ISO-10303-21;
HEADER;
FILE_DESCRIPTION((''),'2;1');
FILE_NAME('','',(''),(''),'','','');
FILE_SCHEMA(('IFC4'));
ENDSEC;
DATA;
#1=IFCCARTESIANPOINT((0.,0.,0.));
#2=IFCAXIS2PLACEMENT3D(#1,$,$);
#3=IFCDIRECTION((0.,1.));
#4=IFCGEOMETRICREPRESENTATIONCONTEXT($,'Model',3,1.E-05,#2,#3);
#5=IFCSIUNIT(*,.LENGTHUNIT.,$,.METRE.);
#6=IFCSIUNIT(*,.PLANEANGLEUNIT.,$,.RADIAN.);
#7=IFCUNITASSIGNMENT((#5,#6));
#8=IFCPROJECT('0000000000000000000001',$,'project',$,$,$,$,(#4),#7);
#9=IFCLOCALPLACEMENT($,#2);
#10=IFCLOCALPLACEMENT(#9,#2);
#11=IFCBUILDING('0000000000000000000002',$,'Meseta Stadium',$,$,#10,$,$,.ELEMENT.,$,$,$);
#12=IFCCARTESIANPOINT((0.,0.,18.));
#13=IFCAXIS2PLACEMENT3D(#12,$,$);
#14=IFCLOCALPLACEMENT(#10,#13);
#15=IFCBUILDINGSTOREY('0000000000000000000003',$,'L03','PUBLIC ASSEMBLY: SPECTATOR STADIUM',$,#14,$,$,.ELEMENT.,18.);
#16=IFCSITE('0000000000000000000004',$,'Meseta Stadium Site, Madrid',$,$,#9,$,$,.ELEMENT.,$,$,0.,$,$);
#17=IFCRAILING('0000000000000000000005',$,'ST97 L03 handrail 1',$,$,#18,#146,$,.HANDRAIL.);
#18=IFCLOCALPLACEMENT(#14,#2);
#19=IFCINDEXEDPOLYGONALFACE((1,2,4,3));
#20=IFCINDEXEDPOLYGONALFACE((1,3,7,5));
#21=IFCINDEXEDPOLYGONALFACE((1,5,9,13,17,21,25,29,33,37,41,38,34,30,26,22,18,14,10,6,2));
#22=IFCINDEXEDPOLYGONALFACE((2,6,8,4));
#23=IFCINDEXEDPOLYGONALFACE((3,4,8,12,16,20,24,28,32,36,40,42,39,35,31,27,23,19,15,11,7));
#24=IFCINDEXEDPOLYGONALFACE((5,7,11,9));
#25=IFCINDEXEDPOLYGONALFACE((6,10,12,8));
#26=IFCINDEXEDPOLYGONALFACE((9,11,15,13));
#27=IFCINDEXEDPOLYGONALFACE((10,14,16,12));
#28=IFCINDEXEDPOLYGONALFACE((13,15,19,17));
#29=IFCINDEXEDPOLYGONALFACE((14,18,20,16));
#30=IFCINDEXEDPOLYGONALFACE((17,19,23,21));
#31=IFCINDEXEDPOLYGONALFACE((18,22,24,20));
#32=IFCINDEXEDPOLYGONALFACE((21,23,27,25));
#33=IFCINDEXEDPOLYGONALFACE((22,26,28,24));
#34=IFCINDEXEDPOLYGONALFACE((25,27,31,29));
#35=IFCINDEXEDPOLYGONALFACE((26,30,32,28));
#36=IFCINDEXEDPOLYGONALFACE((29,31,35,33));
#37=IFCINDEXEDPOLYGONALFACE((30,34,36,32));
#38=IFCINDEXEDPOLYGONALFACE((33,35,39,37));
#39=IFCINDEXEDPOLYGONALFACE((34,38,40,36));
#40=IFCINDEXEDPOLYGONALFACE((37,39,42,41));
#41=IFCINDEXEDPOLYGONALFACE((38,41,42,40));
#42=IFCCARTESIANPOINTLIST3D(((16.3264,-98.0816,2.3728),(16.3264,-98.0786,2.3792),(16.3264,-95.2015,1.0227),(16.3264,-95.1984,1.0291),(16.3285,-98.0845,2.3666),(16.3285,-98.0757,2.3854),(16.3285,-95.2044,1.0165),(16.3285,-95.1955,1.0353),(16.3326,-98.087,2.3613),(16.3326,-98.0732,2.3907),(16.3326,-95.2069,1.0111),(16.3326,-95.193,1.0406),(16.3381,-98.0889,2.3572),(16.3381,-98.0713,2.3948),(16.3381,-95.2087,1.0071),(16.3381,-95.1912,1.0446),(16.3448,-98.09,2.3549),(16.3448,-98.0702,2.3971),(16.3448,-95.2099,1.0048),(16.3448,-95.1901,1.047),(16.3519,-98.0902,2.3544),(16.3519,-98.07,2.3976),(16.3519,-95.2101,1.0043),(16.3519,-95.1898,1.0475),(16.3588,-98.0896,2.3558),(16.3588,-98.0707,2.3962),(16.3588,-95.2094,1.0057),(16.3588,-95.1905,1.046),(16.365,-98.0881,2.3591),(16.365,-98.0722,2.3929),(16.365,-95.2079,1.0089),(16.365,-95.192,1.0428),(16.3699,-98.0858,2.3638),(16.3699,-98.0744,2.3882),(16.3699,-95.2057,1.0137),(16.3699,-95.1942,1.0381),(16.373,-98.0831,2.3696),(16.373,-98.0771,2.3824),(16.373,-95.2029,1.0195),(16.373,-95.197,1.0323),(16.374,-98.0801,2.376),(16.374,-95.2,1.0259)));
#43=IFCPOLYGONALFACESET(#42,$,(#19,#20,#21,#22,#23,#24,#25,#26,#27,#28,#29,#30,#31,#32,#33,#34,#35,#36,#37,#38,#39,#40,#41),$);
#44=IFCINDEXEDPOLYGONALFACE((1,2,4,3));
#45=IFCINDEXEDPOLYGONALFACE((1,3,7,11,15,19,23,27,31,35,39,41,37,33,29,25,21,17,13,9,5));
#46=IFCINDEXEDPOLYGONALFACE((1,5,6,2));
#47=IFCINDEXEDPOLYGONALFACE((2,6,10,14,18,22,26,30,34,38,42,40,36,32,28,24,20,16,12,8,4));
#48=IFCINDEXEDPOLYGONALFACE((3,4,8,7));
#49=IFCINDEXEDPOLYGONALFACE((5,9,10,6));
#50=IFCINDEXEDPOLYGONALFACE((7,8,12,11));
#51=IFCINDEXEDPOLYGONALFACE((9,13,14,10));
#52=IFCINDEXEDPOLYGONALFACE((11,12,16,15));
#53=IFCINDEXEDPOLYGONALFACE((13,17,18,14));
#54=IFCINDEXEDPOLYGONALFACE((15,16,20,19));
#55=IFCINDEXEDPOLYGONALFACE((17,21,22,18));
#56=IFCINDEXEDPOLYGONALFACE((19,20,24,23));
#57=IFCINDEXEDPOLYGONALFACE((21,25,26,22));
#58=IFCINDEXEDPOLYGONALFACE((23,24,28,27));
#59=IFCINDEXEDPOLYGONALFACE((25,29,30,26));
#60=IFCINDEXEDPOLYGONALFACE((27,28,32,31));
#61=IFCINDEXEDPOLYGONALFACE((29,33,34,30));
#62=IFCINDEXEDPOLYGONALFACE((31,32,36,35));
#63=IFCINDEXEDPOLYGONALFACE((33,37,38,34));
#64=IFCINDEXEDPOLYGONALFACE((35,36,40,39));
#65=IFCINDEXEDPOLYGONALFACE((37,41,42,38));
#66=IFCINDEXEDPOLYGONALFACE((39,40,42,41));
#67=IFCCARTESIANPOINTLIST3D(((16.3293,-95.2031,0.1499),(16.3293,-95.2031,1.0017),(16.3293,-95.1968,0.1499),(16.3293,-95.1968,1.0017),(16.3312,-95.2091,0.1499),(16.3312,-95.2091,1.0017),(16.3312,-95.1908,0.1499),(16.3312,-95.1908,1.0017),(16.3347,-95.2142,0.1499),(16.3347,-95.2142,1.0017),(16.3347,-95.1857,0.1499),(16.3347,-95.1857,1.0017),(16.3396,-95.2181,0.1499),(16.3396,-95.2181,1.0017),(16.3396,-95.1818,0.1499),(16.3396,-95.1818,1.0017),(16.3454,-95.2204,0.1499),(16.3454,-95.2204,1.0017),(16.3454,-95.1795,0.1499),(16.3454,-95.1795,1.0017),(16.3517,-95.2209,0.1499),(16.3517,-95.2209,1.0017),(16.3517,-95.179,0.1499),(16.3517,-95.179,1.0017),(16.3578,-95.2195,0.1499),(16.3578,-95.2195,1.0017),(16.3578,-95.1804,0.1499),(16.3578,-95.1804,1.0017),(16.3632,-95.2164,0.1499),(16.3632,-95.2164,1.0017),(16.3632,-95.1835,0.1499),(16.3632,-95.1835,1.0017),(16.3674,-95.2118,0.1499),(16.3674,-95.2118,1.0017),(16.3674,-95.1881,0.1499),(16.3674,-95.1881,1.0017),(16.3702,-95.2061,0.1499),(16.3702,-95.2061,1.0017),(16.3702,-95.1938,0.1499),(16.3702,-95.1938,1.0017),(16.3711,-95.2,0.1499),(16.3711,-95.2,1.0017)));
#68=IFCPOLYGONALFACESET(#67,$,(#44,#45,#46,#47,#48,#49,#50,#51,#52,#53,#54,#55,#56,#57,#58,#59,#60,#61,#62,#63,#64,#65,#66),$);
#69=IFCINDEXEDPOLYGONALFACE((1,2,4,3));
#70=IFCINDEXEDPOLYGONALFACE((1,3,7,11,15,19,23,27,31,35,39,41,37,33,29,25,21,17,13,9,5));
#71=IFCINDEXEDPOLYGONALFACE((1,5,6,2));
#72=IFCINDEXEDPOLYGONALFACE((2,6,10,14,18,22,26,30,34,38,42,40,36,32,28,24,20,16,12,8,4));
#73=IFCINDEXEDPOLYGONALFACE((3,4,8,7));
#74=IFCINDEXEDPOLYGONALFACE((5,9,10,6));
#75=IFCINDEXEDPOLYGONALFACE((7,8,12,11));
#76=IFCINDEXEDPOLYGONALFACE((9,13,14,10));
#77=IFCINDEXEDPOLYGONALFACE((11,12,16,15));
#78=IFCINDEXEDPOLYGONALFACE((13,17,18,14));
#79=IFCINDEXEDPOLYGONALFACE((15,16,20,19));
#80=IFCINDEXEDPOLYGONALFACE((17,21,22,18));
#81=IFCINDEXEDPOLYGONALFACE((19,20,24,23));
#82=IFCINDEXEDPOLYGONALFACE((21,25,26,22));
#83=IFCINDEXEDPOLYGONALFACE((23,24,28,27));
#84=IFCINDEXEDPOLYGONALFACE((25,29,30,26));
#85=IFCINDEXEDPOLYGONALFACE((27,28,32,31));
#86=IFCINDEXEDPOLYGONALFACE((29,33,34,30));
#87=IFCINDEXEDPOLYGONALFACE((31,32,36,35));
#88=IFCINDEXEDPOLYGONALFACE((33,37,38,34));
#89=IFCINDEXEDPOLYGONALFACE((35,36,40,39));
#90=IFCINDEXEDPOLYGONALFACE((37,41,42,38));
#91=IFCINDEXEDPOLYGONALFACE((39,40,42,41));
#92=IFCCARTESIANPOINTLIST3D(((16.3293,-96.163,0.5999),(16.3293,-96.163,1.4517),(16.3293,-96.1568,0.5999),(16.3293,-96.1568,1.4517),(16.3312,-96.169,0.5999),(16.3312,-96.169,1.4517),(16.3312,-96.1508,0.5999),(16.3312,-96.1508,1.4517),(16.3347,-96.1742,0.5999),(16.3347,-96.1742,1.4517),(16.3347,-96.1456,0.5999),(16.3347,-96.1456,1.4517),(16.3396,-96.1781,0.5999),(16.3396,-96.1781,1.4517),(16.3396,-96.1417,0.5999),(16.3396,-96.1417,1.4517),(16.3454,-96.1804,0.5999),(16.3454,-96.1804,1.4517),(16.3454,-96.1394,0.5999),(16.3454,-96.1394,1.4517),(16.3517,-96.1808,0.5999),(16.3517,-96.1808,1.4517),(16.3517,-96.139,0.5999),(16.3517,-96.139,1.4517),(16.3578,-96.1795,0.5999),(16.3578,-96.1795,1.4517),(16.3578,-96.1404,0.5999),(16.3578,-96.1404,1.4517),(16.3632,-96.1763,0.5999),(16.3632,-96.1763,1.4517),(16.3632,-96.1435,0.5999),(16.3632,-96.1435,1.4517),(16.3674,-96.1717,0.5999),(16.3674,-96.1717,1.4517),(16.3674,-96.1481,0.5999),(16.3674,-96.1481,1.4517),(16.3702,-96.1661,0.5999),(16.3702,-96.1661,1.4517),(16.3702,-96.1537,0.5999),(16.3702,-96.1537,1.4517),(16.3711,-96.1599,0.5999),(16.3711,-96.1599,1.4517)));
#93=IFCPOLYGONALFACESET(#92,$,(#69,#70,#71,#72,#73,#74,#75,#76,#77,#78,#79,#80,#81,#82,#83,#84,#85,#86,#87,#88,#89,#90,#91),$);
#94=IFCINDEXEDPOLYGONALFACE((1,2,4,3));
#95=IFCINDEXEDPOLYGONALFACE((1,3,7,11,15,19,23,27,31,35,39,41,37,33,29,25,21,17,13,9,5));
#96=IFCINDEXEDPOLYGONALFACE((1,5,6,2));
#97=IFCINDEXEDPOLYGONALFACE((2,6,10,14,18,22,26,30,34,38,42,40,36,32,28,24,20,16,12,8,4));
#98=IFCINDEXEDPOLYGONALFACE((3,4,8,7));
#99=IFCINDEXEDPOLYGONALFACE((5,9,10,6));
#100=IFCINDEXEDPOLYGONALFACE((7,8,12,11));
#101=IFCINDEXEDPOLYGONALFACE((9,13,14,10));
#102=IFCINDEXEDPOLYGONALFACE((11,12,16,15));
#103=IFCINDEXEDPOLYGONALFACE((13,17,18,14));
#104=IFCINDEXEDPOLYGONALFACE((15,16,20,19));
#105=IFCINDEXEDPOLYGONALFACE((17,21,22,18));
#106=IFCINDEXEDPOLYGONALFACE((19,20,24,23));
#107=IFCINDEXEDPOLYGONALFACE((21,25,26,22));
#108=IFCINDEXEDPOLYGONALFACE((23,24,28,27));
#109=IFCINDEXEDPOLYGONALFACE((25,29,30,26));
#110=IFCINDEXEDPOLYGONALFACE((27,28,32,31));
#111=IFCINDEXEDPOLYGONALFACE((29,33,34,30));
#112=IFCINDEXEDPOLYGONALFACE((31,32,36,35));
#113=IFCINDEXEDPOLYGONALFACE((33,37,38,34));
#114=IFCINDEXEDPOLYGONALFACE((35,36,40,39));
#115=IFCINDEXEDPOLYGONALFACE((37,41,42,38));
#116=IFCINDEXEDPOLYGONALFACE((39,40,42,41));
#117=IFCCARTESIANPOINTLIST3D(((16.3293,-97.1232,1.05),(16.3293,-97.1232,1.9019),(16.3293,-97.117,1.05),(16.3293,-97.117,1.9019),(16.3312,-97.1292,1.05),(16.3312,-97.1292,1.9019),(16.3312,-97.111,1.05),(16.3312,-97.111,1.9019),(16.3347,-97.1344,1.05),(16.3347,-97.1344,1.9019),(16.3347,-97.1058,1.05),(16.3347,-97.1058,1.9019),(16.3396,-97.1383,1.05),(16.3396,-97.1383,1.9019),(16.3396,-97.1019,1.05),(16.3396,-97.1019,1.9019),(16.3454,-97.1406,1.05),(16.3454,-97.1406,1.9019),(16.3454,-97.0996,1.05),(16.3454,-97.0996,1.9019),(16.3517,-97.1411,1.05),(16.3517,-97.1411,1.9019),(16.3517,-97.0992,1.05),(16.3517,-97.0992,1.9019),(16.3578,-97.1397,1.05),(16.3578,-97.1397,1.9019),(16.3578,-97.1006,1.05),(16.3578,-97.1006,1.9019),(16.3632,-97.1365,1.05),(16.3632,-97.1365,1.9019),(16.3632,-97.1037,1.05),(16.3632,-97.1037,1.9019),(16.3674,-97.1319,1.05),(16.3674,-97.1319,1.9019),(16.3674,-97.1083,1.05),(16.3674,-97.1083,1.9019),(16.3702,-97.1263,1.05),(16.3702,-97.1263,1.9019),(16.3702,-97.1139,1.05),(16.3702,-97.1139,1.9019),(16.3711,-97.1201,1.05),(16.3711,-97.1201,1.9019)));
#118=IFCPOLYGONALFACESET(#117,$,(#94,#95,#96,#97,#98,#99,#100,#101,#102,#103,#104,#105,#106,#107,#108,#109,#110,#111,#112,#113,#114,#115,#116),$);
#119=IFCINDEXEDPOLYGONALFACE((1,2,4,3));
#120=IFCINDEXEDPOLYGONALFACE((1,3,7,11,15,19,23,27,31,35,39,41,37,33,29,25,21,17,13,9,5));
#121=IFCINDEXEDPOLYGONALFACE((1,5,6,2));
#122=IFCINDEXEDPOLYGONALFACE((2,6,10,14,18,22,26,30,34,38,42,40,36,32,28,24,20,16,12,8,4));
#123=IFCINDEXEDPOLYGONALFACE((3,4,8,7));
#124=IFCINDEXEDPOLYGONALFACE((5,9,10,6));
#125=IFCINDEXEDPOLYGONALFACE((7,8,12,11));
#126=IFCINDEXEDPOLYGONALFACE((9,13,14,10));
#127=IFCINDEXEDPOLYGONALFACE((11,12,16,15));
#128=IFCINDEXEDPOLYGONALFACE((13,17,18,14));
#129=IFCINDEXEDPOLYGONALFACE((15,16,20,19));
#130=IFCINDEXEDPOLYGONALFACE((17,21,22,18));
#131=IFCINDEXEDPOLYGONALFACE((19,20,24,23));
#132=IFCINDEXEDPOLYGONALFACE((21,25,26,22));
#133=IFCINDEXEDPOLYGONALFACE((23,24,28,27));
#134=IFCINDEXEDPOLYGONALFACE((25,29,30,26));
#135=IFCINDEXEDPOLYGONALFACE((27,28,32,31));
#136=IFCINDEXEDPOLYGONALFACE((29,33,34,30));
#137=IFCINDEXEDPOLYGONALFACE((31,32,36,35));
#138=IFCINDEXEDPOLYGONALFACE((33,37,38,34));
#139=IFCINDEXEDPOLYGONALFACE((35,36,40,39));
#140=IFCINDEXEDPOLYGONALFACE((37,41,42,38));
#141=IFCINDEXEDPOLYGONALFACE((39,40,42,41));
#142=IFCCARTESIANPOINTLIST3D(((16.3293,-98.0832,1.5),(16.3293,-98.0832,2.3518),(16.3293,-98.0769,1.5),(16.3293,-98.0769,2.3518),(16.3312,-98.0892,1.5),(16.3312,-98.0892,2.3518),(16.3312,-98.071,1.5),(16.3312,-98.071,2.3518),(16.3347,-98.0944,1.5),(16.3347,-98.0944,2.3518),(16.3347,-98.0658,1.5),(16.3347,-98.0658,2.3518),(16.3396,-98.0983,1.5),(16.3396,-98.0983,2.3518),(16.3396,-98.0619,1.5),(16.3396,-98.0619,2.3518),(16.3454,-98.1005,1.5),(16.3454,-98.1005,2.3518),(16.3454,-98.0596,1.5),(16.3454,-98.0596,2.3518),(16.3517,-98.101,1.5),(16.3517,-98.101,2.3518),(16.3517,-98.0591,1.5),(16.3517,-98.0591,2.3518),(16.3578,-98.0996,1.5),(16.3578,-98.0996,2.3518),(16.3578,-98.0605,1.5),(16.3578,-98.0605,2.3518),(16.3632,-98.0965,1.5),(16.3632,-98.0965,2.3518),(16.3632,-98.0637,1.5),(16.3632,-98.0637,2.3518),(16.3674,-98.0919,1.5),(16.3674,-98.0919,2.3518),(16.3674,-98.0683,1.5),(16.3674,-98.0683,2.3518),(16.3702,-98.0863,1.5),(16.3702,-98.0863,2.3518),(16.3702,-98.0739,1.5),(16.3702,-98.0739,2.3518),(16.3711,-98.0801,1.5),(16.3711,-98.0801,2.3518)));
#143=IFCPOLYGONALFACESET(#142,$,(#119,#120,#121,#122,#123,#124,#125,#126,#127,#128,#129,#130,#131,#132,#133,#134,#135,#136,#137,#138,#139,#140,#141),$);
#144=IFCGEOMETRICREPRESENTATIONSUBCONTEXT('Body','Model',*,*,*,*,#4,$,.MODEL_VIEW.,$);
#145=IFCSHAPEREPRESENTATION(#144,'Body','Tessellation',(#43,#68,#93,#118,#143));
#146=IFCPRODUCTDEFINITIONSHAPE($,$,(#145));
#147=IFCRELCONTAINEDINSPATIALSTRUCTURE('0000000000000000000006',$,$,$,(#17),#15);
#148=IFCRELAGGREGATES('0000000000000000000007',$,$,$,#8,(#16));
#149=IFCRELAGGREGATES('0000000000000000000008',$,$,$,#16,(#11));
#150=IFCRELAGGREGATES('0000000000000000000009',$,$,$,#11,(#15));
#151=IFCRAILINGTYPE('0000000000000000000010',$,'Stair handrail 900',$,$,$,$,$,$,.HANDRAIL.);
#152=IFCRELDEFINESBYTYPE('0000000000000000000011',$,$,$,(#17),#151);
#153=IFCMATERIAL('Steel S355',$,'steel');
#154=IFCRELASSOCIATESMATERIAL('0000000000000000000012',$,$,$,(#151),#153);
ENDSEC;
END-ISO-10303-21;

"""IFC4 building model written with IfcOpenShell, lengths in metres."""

from ifc_helpers import new_model, si_unit, direction, frame, origin, origin_2d, place, context, subcontext, project, spatial, circle, extrude, material, type_object, element, save


model = new_model("IFC4")

# Units and contexts
model_context = context("Model", 3, precision=1e-05, world=origin(), true_north=direction((0.0, 1.0)))
body_context = subcontext(model_context, "Body", "Model", "MODEL_VIEW")
ifc_project = project(units=[si_unit("LENGTHUNIT", "METRE"), si_unit("PLANEANGLEUNIT", "RADIAN")], contexts=[model_context])

# Site, building, storey
site_placement = place(None, origin())
site = spatial("IfcSite", under=ifc_project, at=site_placement, Name="Meseta Stadium Site, Madrid", CompositionType="ELEMENT", RefElevation=0.0)
building_placement = place(site_placement, origin())
building = spatial("IfcBuilding", under=site, at=building_placement, Name="Meseta Stadium", CompositionType="ELEMENT")
storey_placement = place(building_placement, frame((0.0, 0.0, 18.0)))
storey = spatial("IfcBuildingStorey", under=building, at=storey_placement, Name="L03", Description="PUBLIC ASSEMBLY: SPECTATOR STADIUM", CompositionType="ELEMENT", Elevation=18.0)

# Railing
ifc_material_1 = material(Name="Steel S355", Category="steel")
railing_type_1 = type_object("IfcRailingType", Name="Stair handrail 900", PredefinedType="HANDRAIL", material=ifc_material_1)
railing_1_placement = place(storey_placement, frame((16.3501, -95.2, 0.1499)))
element("IfcRailing", 1, at=railing_1_placement, inside=storey, type_object=railing_type_1, Name="ST97 L03 handrail 1", PredefinedType="HANDRAIL", context=body_context, shape_type="SweptSolid", body=[
    extrude(circle(Radius=0.0239, at=origin_2d()), frame((0.0, 0.0, 0.876), z_axis=(0.0, -0.905454, 0.424444), x_axis=(1.0, 0.0, 0.0)), (0.0, 0.0, 1.0), 3.1809),
    extrude(circle(Radius=0.021, at=origin_2d()), origin(), (0.0, 0.0, 1.0), 0.8518),
    extrude(circle(Radius=0.021, at=origin_2d()), frame((0.0, -0.96, 0.45)), (0.0, 0.0, 1.0), 0.8518),
    extrude(circle(Radius=0.021, at=origin_2d()), frame((0.0, -1.9202, 0.9001)), (0.0, 0.0, 1.0), 0.8518),
    extrude(circle(Radius=0.021, at=origin_2d()), frame((0.0, -2.8801, 1.3501)), (0.0, 0.0, 1.0), 0.8518),
])

save(model, "model.ifc")
